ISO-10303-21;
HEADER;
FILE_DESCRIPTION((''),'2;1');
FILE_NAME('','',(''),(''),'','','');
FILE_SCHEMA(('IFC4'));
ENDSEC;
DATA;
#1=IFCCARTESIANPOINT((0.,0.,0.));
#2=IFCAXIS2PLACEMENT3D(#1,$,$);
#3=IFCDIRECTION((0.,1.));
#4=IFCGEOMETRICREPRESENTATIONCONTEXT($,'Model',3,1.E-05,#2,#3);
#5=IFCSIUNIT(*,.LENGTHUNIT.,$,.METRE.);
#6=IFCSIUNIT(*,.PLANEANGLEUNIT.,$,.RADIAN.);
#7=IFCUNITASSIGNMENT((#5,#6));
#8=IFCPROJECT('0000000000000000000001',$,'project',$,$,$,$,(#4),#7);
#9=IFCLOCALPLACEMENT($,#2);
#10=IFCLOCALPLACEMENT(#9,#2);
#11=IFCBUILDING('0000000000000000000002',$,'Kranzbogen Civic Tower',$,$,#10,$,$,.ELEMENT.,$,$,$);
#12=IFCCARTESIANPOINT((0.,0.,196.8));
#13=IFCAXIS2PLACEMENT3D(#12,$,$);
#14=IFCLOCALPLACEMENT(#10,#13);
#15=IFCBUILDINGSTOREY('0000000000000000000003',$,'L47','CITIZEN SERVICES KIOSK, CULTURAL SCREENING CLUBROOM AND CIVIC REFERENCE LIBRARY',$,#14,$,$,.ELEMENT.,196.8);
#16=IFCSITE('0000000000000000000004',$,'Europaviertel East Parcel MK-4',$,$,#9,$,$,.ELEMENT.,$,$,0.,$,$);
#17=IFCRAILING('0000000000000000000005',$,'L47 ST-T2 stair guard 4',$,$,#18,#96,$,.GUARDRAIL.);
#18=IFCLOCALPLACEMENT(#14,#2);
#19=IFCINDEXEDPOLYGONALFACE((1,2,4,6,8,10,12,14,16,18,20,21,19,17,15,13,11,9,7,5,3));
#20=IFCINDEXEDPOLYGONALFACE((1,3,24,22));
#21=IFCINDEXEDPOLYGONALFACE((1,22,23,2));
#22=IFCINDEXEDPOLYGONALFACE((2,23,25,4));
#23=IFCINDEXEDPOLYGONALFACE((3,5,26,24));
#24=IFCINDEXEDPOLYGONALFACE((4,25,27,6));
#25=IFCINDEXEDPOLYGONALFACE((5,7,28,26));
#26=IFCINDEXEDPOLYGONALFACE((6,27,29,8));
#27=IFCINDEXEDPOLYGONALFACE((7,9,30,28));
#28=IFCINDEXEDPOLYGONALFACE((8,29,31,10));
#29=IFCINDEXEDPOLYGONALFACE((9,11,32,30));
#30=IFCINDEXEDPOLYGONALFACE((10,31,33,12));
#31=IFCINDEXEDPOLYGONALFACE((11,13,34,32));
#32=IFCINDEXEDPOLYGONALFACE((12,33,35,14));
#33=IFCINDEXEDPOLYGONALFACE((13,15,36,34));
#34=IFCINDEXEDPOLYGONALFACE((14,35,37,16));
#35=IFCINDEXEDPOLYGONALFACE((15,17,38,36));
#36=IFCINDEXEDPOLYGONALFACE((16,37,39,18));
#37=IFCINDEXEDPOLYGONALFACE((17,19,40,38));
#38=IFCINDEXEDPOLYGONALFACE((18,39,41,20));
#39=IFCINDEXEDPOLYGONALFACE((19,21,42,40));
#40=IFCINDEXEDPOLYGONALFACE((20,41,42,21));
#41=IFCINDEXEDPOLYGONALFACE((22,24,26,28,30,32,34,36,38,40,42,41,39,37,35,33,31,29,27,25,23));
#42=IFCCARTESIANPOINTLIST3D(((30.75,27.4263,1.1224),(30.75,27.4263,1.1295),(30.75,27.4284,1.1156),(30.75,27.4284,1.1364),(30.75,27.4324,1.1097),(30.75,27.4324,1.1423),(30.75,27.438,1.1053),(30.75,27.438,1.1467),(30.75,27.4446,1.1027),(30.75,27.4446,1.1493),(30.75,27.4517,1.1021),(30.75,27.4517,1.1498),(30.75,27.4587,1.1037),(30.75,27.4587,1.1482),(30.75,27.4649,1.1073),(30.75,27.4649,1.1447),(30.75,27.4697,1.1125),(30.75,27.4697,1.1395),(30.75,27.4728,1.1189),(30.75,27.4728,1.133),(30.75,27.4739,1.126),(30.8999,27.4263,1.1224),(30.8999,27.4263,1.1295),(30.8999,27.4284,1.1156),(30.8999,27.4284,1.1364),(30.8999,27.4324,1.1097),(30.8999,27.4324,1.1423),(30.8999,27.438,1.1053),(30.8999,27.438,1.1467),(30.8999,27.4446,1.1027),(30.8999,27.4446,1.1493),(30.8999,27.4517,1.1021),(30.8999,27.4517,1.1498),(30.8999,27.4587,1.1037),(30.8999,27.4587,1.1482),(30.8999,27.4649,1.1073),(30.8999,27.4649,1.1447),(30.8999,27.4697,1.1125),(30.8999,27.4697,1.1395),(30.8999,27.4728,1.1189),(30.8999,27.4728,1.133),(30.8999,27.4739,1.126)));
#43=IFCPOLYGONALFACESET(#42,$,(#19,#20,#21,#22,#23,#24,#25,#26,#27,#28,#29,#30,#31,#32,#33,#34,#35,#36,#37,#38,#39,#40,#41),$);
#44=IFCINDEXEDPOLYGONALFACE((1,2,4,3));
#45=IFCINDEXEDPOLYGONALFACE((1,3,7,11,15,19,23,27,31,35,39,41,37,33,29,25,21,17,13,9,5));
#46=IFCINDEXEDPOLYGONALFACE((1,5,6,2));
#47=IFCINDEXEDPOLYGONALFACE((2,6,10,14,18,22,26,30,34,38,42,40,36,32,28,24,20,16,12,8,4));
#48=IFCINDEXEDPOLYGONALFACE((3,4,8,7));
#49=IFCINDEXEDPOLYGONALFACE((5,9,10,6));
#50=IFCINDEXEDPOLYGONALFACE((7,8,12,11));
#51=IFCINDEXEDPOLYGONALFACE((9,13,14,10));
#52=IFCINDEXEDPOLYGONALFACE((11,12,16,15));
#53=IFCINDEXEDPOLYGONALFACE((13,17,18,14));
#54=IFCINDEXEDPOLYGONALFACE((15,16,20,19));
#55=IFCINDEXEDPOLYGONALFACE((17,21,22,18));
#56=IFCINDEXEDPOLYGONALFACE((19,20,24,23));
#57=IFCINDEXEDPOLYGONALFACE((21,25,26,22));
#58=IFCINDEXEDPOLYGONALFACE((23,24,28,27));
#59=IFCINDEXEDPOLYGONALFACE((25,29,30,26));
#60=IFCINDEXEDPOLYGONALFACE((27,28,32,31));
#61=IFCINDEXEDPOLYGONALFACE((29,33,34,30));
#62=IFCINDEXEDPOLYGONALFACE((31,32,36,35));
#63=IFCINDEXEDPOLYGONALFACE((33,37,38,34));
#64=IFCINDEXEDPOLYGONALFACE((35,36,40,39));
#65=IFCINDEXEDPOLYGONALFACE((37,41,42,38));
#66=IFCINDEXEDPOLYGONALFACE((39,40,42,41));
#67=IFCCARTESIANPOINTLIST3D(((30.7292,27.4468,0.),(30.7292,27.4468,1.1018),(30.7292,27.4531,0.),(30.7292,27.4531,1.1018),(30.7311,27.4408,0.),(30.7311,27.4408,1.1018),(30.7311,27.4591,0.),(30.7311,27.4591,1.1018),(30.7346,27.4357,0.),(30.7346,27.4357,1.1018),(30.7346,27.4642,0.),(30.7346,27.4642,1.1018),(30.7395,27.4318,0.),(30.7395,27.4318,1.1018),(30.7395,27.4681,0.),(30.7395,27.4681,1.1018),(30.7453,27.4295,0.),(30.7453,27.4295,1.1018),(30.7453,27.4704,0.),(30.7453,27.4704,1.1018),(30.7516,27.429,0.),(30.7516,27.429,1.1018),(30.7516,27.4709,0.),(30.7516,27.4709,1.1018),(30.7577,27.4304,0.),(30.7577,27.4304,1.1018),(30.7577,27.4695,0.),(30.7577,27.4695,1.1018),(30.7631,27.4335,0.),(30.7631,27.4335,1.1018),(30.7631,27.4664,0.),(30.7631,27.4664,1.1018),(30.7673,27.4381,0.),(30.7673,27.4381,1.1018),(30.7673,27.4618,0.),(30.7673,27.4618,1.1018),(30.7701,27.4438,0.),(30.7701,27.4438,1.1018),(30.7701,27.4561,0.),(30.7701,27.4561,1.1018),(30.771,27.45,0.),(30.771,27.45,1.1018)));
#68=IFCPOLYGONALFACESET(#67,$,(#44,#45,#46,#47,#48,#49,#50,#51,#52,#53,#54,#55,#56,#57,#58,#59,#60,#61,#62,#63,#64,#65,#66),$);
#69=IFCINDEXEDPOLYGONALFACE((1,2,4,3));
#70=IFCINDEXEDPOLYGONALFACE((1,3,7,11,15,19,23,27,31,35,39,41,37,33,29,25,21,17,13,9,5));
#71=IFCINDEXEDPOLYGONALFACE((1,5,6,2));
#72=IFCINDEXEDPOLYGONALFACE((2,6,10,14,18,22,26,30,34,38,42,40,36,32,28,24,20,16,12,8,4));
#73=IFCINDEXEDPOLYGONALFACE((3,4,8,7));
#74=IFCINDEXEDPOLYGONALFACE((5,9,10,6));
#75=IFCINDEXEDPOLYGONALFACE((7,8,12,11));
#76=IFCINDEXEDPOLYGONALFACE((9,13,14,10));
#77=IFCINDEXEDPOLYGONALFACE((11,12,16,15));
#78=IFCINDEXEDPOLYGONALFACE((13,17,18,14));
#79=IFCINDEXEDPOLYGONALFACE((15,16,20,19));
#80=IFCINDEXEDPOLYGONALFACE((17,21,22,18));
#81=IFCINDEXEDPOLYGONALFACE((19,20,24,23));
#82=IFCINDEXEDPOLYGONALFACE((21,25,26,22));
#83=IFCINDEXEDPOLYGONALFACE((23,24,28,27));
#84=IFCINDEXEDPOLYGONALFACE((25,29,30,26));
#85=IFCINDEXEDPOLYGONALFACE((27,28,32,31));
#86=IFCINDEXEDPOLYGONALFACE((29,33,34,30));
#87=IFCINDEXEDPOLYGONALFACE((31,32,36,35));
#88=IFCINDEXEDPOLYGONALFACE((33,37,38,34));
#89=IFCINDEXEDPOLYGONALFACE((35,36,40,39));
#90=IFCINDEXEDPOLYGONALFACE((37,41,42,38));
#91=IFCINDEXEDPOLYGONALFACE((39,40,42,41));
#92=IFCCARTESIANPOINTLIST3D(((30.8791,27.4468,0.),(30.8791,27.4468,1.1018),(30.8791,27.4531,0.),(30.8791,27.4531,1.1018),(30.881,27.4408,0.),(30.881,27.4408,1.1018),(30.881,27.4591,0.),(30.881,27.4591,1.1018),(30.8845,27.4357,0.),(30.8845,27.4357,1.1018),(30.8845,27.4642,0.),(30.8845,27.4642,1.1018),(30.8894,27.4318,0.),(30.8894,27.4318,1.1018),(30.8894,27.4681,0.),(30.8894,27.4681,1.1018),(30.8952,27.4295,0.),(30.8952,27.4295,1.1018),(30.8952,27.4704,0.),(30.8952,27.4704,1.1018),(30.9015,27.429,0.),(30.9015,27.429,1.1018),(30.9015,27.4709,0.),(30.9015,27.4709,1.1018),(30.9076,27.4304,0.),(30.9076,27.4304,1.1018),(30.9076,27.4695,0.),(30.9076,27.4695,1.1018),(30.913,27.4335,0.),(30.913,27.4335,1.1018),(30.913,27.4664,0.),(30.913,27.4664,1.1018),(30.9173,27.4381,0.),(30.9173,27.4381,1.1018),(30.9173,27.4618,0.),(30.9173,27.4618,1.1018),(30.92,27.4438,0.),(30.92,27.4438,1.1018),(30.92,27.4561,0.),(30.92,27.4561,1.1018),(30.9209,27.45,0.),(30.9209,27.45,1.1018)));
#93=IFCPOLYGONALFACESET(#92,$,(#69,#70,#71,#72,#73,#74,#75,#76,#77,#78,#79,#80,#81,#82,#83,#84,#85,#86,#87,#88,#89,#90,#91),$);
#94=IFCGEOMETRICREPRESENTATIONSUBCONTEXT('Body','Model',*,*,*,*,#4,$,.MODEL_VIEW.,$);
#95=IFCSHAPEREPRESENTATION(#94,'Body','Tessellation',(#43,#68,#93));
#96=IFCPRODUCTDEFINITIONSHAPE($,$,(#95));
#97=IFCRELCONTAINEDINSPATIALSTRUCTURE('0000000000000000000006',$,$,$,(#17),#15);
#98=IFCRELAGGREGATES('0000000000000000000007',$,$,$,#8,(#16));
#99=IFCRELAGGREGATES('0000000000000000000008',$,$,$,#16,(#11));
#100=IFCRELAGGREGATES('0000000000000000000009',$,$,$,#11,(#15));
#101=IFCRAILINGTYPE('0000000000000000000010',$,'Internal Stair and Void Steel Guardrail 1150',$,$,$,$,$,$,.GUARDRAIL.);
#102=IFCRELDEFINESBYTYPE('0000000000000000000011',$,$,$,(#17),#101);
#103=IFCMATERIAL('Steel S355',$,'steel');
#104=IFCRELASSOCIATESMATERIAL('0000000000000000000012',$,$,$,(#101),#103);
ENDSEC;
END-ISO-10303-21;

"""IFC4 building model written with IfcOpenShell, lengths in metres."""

from ifc_helpers import new_model, si_unit, direction, frame, origin, origin_2d, place, context, subcontext, project, spatial, circle, extrude, material, type_object, element, save


model = new_model("IFC4")

# Units and contexts
model_context = context("Model", 3, precision=1e-05, world=origin(), true_north=direction((0.0, 1.0)))
body_context = subcontext(model_context, "Body", "Model", "MODEL_VIEW")
ifc_project = project(units=[si_unit("LENGTHUNIT", "METRE"), si_unit("PLANEANGLEUNIT", "RADIAN")], contexts=[model_context])

# Site, building, storey
site_placement = place(None, origin())
site = spatial("IfcSite", under=ifc_project, at=site_placement, Name="Europaviertel East Parcel MK-4", CompositionType="ELEMENT", RefElevation=0.0)
building_placement = place(site_placement, origin())
building = spatial("IfcBuilding", under=site, at=building_placement, Name="Kranzbogen Civic Tower", CompositionType="ELEMENT")
storey_placement = place(building_placement, frame((0.0, 0.0, 196.8)))
storey = spatial("IfcBuildingStorey", under=building, at=storey_placement, Name="L47", Description="CITIZEN SERVICES KIOSK, CULTURAL SCREENING CLUBROOM AND CIVIC REFERENCE LIBRARY", CompositionType="ELEMENT", Elevation=196.8)

# Shared definitions
ifc_material_1 = material(Name="Steel S355", Category="steel")

# Railing
railing_type = type_object("IfcRailingType", Name="Internal Stair and Void Steel Guardrail 1150", PredefinedType="GUARDRAIL", material=ifc_material_1)
railing_1_placement = place(storey_placement, frame((30.75, 27.45, 0.0)))
element("IfcRailing", 1, at=railing_1_placement, inside=storey, type_object=railing_type, Name="L47 ST-T2 stair guard 4", PredefinedType="GUARDRAIL", context=body_context, shape_type="SweptSolid", body=[
    extrude(circle(Radius=0.0239, at=origin_2d()), frame((0.0, 0.0, 1.126), z_axis=(1.0, 0.0, 0.0), x_axis=(0.0, 1.0, 0.0)), (0.0, 0.0, 1.0), 0.1499),
    extrude(circle(Radius=0.021, at=origin_2d()), origin(), (0.0, 0.0, 1.0), 1.1018),
    extrude(circle(Radius=0.021, at=origin_2d()), frame((0.1499, 0.0, 0.0)), (0.0, 0.0, 1.0), 1.1018),
])

save(model, "model.ifc")
